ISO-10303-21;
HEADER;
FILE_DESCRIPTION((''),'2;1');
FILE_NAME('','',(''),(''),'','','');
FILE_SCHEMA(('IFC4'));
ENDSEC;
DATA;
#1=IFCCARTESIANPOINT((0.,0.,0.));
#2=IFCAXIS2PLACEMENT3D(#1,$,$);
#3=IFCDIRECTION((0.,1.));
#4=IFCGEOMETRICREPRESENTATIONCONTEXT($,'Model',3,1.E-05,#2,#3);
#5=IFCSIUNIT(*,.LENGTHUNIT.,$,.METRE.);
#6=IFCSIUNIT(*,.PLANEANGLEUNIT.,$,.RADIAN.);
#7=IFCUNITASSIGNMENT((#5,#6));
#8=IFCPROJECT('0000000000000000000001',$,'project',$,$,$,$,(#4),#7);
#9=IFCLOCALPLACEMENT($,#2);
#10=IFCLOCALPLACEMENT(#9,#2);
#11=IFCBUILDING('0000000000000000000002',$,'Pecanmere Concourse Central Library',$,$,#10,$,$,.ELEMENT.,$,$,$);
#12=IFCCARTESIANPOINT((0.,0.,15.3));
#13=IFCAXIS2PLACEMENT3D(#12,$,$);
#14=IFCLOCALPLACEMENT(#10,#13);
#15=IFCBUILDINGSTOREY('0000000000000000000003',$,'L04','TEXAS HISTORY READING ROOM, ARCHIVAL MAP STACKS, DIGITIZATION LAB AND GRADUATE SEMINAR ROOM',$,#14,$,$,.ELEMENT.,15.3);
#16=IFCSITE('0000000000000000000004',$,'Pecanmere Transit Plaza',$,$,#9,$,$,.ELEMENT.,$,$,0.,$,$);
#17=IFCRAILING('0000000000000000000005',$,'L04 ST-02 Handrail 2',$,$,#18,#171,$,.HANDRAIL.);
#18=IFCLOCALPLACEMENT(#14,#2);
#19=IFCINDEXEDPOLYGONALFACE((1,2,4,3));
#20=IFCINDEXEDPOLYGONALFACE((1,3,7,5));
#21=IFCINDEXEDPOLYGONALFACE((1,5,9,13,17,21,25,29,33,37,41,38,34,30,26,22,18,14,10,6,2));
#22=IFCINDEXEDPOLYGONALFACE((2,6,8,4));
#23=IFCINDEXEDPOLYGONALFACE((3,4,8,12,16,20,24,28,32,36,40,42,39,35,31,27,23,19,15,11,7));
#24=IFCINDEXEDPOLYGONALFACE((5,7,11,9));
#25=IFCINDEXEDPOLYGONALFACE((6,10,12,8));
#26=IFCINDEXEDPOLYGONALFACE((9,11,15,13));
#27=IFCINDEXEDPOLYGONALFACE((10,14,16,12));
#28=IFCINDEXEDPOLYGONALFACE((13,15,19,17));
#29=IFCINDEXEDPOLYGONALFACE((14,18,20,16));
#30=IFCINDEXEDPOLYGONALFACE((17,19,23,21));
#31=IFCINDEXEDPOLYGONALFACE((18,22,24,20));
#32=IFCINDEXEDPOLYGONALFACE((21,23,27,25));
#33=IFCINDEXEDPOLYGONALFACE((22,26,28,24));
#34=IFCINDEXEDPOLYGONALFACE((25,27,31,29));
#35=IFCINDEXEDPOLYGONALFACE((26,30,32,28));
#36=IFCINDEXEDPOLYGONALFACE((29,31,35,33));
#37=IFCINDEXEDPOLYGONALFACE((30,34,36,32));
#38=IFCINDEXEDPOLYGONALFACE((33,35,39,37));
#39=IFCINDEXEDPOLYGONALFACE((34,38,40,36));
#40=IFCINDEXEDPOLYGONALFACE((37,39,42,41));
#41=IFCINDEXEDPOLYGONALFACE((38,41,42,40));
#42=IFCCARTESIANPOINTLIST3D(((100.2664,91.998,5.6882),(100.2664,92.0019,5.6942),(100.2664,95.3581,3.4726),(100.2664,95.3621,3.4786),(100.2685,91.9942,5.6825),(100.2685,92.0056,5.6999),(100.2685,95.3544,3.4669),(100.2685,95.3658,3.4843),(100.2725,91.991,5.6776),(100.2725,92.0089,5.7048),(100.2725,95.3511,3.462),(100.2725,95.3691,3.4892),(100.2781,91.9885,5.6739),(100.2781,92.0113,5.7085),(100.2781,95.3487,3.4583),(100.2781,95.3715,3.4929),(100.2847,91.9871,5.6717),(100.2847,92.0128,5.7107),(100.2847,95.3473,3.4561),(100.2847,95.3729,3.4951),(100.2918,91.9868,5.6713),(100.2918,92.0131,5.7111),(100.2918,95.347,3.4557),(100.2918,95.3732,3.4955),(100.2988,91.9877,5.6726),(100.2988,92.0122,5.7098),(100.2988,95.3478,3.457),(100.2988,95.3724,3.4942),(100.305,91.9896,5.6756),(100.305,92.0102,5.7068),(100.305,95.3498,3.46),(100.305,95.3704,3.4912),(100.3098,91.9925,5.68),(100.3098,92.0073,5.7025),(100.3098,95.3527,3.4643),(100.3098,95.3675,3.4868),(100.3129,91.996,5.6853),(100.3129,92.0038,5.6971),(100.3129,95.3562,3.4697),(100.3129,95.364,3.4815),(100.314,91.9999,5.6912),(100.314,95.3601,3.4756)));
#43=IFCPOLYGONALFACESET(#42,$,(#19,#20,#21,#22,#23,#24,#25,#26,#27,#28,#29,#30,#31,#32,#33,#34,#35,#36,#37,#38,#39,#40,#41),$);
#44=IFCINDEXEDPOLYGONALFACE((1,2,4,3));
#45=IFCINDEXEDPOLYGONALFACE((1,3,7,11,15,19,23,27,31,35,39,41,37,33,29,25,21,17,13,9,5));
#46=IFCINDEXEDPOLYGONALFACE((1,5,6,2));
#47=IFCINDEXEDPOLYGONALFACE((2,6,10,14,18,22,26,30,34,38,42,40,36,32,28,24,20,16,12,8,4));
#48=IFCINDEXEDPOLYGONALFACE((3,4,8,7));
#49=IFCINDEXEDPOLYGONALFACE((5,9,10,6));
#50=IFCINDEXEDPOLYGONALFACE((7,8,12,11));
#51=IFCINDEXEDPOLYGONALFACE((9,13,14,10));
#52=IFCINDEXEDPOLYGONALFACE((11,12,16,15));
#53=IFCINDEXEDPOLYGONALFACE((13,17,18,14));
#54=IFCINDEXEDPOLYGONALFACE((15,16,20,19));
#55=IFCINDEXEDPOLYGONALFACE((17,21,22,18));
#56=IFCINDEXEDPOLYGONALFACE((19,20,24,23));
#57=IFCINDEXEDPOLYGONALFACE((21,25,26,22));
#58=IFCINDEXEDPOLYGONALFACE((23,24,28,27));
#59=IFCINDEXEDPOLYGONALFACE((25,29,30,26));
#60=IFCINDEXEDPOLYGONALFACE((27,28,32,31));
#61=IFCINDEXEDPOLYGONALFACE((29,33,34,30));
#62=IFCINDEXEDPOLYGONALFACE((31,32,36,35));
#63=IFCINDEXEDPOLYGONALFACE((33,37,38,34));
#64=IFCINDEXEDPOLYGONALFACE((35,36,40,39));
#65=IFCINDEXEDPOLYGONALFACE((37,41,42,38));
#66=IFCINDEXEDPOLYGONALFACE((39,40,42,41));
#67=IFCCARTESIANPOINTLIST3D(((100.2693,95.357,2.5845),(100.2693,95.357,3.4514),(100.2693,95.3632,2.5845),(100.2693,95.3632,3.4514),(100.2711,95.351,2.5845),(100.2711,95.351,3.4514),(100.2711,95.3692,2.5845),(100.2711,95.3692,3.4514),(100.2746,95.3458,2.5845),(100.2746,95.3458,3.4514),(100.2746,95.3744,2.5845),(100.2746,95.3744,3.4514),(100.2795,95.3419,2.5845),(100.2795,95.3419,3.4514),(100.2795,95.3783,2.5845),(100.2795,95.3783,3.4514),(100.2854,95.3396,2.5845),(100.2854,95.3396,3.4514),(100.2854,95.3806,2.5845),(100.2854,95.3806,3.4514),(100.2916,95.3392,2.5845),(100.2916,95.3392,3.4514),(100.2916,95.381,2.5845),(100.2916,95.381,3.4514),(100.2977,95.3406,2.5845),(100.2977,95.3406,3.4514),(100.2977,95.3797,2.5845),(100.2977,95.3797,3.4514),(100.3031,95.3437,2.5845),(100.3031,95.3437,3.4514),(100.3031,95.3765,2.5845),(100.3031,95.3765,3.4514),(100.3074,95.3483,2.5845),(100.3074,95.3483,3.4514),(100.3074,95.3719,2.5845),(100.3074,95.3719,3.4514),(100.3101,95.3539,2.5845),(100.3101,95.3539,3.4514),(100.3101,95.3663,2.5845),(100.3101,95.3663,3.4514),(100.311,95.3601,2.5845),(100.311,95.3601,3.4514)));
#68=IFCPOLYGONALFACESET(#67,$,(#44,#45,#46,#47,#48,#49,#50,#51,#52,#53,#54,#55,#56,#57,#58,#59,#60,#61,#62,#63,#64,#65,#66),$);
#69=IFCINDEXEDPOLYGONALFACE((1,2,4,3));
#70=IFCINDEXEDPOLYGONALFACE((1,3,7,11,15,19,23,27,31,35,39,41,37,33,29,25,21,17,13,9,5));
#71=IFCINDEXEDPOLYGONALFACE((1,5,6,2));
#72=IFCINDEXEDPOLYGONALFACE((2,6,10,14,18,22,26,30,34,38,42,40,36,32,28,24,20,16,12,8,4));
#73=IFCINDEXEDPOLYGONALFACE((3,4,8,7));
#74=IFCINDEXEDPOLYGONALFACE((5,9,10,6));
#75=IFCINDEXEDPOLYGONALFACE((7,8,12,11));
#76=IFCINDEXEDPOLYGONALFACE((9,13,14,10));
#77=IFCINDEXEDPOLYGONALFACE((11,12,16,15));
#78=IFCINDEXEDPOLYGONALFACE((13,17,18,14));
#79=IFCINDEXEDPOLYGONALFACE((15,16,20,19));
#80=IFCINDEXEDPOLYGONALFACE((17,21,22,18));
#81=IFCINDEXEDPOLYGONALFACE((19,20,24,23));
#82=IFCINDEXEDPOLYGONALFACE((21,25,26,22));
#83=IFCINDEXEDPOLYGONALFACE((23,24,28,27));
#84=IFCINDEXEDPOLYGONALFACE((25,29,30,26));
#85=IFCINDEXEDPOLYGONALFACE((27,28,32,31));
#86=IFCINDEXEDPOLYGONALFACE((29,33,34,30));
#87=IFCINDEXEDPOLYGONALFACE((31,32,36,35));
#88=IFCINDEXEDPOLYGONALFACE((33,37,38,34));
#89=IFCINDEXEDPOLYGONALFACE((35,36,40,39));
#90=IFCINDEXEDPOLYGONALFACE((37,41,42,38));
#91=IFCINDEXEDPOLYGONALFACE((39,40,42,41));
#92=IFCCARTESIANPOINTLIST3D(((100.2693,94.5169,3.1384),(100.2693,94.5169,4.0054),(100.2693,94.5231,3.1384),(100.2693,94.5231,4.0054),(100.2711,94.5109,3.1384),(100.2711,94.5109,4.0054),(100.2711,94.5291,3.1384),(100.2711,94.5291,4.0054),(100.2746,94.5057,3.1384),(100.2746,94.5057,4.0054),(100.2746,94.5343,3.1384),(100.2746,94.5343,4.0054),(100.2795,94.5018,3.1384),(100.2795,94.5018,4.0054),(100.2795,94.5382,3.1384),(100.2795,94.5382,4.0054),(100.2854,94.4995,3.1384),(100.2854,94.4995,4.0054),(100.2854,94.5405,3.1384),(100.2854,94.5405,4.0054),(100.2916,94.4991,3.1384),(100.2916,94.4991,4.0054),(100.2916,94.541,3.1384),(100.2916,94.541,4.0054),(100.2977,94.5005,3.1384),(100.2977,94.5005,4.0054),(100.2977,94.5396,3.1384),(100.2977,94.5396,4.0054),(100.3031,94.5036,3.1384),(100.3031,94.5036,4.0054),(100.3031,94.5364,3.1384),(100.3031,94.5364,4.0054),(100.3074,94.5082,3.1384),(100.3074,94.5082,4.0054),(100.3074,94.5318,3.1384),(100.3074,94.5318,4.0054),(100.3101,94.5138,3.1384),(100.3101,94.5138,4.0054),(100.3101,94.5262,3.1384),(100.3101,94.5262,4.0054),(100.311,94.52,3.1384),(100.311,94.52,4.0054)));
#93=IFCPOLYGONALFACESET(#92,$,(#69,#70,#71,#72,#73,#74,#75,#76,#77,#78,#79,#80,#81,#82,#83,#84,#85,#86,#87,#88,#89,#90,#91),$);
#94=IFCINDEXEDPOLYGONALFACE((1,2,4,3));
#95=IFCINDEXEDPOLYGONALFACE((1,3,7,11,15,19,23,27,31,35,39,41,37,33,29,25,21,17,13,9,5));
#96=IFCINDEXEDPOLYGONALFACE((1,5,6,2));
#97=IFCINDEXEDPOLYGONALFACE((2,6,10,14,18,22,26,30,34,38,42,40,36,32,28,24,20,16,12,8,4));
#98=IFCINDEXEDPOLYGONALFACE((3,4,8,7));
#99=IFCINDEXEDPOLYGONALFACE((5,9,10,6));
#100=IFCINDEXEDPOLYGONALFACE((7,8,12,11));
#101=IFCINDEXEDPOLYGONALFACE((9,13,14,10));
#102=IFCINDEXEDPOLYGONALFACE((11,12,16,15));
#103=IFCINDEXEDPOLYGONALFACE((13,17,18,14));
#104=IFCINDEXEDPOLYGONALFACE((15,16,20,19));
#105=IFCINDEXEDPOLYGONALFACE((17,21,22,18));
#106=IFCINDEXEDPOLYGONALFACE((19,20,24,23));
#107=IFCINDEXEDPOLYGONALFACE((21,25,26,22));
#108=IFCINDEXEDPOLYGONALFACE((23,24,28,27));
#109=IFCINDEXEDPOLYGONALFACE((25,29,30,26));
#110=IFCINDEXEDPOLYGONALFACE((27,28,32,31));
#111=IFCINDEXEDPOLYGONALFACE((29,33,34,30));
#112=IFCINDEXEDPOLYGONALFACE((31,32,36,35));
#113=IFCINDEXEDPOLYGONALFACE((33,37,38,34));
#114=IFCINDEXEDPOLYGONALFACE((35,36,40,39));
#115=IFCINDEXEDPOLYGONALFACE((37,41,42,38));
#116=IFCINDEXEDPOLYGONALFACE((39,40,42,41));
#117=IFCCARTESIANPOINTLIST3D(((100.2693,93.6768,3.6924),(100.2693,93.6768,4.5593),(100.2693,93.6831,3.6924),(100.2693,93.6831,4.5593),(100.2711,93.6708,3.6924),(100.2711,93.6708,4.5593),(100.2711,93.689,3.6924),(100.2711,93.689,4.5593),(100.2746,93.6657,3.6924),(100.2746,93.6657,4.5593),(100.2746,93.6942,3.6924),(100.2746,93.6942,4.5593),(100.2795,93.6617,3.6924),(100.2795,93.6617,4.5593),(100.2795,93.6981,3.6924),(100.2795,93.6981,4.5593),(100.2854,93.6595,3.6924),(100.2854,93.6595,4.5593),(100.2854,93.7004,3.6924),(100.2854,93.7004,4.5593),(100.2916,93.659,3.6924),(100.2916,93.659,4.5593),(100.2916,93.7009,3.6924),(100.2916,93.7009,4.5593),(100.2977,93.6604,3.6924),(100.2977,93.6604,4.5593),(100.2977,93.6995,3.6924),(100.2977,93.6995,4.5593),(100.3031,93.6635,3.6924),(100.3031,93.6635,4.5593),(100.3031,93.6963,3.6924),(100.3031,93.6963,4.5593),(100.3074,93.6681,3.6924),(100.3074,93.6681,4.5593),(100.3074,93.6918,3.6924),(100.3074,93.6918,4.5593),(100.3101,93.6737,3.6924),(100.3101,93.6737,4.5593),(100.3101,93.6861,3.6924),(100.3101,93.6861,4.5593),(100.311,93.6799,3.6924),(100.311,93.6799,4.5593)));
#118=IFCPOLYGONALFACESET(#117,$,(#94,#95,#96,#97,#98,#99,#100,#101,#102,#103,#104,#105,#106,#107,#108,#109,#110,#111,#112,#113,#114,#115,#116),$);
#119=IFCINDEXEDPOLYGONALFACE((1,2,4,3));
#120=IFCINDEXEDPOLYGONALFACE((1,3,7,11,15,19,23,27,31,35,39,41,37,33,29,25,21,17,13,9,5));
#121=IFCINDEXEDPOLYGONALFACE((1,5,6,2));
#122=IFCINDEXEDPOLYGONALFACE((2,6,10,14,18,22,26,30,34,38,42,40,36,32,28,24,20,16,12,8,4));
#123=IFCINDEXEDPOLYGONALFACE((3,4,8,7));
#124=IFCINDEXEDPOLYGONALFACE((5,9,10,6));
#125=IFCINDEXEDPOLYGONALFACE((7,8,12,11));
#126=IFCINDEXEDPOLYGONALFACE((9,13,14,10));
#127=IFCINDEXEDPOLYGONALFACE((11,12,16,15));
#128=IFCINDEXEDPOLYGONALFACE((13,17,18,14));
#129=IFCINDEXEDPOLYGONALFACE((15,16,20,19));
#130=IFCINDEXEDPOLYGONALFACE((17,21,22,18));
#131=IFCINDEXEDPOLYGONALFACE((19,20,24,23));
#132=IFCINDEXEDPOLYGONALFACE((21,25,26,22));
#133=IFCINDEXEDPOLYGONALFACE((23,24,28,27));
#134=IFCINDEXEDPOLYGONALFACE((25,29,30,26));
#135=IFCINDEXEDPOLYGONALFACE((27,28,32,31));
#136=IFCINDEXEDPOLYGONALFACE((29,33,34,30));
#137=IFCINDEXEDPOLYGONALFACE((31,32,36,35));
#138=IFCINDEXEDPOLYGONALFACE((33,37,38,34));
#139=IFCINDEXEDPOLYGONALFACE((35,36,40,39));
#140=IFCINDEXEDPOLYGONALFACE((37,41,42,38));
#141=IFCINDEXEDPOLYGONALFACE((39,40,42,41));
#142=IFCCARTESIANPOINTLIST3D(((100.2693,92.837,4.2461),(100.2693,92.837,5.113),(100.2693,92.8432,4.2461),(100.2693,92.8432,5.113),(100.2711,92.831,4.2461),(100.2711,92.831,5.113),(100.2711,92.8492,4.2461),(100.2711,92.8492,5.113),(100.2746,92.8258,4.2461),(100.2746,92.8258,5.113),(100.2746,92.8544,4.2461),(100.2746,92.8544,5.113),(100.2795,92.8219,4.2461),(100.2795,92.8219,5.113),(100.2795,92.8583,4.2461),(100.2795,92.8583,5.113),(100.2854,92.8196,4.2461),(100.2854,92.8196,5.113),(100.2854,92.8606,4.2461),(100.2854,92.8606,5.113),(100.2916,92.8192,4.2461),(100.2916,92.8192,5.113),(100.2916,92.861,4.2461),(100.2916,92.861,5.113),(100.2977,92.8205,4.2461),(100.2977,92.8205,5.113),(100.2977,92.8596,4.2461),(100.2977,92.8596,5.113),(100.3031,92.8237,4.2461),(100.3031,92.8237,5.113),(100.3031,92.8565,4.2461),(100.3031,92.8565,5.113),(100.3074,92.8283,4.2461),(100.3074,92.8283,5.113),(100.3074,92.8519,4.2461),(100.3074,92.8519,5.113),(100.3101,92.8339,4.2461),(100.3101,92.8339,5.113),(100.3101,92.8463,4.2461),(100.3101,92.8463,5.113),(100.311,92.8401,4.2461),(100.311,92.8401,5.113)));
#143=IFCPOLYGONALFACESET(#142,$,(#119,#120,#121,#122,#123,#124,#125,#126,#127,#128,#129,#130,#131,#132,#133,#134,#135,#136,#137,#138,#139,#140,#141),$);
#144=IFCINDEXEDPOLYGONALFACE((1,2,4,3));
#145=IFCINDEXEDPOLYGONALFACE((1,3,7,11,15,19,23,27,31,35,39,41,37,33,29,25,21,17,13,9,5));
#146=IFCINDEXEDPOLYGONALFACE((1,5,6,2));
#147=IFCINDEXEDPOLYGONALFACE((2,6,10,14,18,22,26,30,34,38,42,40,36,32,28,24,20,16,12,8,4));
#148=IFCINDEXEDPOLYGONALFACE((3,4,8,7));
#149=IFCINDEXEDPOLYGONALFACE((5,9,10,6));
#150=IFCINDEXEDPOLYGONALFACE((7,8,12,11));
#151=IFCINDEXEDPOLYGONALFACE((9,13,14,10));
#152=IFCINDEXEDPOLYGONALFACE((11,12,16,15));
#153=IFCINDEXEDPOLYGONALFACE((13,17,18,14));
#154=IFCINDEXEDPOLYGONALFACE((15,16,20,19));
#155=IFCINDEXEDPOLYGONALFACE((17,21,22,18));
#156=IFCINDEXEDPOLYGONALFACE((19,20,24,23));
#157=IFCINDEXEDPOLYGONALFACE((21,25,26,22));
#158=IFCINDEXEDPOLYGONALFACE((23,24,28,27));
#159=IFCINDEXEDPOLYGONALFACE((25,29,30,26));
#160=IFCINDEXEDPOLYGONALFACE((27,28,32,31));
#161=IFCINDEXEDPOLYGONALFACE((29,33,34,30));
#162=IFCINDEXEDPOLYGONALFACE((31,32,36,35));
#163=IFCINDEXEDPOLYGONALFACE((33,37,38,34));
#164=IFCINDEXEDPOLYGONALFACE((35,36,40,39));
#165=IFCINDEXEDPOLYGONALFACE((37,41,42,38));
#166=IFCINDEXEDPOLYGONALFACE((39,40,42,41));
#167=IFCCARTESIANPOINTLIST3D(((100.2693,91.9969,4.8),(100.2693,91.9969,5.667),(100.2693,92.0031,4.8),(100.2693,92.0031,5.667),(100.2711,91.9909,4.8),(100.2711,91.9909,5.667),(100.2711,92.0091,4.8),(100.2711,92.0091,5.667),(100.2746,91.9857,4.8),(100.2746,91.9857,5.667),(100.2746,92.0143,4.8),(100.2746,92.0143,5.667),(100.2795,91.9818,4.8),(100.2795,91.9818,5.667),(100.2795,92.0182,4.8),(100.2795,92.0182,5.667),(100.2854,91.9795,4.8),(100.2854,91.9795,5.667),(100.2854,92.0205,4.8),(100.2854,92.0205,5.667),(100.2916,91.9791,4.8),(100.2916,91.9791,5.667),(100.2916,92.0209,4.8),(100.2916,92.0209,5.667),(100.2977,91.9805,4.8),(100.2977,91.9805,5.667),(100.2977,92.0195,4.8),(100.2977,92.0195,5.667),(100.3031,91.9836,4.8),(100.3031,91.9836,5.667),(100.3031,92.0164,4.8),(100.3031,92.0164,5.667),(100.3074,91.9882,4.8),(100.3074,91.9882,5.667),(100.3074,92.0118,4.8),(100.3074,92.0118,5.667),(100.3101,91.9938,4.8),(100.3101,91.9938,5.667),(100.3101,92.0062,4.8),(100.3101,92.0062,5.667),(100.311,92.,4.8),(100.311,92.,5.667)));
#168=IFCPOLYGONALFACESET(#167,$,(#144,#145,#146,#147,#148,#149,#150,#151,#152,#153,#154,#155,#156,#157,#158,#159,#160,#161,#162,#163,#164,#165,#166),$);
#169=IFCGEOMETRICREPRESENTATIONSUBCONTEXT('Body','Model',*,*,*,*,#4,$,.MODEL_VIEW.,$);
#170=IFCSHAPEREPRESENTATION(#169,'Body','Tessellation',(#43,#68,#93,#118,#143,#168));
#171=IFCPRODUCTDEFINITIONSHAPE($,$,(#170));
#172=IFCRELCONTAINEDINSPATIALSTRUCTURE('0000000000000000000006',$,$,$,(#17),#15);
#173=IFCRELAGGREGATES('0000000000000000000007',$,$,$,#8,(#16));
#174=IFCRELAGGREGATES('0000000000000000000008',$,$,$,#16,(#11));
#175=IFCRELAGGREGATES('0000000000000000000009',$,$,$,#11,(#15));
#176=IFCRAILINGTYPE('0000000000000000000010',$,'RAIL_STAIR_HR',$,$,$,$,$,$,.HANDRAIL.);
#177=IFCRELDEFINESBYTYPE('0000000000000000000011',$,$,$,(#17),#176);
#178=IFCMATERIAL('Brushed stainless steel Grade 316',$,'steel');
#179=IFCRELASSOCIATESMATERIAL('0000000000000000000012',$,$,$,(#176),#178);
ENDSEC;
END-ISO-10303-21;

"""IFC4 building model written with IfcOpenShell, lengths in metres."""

from ifc_helpers import new_model, si_unit, direction, frame, origin, origin_2d, place, context, subcontext, project, spatial, circle, extrude, material, type_object, element, save


model = new_model("IFC4")

# Units and contexts
model_context = context("Model", 3, precision=1e-05, world=origin(), true_north=direction((0.0, 1.0)))
body_context = subcontext(model_context, "Body", "Model", "MODEL_VIEW")
ifc_project = project(units=[si_unit("LENGTHUNIT", "METRE"), si_unit("PLANEANGLEUNIT", "RADIAN")], contexts=[model_context])

# Site, building, storey
site_placement = place(None, origin())
site = spatial("IfcSite", under=ifc_project, at=site_placement, Name="Pecanmere Transit Plaza", CompositionType="ELEMENT", RefElevation=0.0)
building_placement = place(site_placement, origin())
building = spatial("IfcBuilding", under=site, at=building_placement, Name="Pecanmere Concourse Central Library", CompositionType="ELEMENT")
storey_placement = place(building_placement, frame((0.0, 0.0, 15.3)))
storey = spatial("IfcBuildingStorey", under=building, at=storey_placement, Name="L04", Description="TEXAS HISTORY READING ROOM, ARCHIVAL MAP STACKS, DIGITIZATION LAB AND GRADUATE SEMINAR ROOM", CompositionType="ELEMENT", Elevation=15.3)

# Railing
ifc_material_1 = material(Name="Brushed stainless steel Grade 316", Category="steel")
railing_type_1 = type_object("IfcRailingType", Name="RAIL_STAIR_HR", PredefinedType="HANDRAIL", material=ifc_material_1)
railing_1_placement = place(storey_placement, frame((100.29, 95.3601, 2.5845)))
element("IfcRailing", 1, at=railing_1_placement, inside=storey, type_object=railing_type_1, Name="L04 ST-02 Handrail 2", PredefinedType="HANDRAIL", context=body_context, shape_type="SweptSolid", body=[
    extrude(circle(Radius=0.0239, at=origin_2d()), frame((0.0, 0.0, 0.8911), z_axis=(0.0, -0.834849, 0.55048), x_axis=(1.0, 0.0, 0.0)), (0.0, 0.0, 1.0), 4.0249),
    extrude(circle(Radius=0.021, at=origin_2d()), origin(), (0.0, 0.0, 1.0), 0.8669),
    extrude(circle(Radius=0.021, at=origin_2d()), frame((0.0, -0.8401, 0.554)), (0.0, 0.0, 1.0), 0.8669),
    extrude(circle(Radius=0.021, at=origin_2d()), frame((0.0, -1.6802, 1.1079)), (0.0, 0.0, 1.0), 0.8669),
    extrude(circle(Radius=0.021, at=origin_2d()), frame((0.0, -2.52, 1.6616)), (0.0, 0.0, 1.0), 0.8669),
    extrude(circle(Radius=0.021, at=origin_2d()), frame((0.0, -3.3601, 2.2156)), (0.0, 0.0, 1.0), 0.8669),
])

save(model, "model.ifc")
